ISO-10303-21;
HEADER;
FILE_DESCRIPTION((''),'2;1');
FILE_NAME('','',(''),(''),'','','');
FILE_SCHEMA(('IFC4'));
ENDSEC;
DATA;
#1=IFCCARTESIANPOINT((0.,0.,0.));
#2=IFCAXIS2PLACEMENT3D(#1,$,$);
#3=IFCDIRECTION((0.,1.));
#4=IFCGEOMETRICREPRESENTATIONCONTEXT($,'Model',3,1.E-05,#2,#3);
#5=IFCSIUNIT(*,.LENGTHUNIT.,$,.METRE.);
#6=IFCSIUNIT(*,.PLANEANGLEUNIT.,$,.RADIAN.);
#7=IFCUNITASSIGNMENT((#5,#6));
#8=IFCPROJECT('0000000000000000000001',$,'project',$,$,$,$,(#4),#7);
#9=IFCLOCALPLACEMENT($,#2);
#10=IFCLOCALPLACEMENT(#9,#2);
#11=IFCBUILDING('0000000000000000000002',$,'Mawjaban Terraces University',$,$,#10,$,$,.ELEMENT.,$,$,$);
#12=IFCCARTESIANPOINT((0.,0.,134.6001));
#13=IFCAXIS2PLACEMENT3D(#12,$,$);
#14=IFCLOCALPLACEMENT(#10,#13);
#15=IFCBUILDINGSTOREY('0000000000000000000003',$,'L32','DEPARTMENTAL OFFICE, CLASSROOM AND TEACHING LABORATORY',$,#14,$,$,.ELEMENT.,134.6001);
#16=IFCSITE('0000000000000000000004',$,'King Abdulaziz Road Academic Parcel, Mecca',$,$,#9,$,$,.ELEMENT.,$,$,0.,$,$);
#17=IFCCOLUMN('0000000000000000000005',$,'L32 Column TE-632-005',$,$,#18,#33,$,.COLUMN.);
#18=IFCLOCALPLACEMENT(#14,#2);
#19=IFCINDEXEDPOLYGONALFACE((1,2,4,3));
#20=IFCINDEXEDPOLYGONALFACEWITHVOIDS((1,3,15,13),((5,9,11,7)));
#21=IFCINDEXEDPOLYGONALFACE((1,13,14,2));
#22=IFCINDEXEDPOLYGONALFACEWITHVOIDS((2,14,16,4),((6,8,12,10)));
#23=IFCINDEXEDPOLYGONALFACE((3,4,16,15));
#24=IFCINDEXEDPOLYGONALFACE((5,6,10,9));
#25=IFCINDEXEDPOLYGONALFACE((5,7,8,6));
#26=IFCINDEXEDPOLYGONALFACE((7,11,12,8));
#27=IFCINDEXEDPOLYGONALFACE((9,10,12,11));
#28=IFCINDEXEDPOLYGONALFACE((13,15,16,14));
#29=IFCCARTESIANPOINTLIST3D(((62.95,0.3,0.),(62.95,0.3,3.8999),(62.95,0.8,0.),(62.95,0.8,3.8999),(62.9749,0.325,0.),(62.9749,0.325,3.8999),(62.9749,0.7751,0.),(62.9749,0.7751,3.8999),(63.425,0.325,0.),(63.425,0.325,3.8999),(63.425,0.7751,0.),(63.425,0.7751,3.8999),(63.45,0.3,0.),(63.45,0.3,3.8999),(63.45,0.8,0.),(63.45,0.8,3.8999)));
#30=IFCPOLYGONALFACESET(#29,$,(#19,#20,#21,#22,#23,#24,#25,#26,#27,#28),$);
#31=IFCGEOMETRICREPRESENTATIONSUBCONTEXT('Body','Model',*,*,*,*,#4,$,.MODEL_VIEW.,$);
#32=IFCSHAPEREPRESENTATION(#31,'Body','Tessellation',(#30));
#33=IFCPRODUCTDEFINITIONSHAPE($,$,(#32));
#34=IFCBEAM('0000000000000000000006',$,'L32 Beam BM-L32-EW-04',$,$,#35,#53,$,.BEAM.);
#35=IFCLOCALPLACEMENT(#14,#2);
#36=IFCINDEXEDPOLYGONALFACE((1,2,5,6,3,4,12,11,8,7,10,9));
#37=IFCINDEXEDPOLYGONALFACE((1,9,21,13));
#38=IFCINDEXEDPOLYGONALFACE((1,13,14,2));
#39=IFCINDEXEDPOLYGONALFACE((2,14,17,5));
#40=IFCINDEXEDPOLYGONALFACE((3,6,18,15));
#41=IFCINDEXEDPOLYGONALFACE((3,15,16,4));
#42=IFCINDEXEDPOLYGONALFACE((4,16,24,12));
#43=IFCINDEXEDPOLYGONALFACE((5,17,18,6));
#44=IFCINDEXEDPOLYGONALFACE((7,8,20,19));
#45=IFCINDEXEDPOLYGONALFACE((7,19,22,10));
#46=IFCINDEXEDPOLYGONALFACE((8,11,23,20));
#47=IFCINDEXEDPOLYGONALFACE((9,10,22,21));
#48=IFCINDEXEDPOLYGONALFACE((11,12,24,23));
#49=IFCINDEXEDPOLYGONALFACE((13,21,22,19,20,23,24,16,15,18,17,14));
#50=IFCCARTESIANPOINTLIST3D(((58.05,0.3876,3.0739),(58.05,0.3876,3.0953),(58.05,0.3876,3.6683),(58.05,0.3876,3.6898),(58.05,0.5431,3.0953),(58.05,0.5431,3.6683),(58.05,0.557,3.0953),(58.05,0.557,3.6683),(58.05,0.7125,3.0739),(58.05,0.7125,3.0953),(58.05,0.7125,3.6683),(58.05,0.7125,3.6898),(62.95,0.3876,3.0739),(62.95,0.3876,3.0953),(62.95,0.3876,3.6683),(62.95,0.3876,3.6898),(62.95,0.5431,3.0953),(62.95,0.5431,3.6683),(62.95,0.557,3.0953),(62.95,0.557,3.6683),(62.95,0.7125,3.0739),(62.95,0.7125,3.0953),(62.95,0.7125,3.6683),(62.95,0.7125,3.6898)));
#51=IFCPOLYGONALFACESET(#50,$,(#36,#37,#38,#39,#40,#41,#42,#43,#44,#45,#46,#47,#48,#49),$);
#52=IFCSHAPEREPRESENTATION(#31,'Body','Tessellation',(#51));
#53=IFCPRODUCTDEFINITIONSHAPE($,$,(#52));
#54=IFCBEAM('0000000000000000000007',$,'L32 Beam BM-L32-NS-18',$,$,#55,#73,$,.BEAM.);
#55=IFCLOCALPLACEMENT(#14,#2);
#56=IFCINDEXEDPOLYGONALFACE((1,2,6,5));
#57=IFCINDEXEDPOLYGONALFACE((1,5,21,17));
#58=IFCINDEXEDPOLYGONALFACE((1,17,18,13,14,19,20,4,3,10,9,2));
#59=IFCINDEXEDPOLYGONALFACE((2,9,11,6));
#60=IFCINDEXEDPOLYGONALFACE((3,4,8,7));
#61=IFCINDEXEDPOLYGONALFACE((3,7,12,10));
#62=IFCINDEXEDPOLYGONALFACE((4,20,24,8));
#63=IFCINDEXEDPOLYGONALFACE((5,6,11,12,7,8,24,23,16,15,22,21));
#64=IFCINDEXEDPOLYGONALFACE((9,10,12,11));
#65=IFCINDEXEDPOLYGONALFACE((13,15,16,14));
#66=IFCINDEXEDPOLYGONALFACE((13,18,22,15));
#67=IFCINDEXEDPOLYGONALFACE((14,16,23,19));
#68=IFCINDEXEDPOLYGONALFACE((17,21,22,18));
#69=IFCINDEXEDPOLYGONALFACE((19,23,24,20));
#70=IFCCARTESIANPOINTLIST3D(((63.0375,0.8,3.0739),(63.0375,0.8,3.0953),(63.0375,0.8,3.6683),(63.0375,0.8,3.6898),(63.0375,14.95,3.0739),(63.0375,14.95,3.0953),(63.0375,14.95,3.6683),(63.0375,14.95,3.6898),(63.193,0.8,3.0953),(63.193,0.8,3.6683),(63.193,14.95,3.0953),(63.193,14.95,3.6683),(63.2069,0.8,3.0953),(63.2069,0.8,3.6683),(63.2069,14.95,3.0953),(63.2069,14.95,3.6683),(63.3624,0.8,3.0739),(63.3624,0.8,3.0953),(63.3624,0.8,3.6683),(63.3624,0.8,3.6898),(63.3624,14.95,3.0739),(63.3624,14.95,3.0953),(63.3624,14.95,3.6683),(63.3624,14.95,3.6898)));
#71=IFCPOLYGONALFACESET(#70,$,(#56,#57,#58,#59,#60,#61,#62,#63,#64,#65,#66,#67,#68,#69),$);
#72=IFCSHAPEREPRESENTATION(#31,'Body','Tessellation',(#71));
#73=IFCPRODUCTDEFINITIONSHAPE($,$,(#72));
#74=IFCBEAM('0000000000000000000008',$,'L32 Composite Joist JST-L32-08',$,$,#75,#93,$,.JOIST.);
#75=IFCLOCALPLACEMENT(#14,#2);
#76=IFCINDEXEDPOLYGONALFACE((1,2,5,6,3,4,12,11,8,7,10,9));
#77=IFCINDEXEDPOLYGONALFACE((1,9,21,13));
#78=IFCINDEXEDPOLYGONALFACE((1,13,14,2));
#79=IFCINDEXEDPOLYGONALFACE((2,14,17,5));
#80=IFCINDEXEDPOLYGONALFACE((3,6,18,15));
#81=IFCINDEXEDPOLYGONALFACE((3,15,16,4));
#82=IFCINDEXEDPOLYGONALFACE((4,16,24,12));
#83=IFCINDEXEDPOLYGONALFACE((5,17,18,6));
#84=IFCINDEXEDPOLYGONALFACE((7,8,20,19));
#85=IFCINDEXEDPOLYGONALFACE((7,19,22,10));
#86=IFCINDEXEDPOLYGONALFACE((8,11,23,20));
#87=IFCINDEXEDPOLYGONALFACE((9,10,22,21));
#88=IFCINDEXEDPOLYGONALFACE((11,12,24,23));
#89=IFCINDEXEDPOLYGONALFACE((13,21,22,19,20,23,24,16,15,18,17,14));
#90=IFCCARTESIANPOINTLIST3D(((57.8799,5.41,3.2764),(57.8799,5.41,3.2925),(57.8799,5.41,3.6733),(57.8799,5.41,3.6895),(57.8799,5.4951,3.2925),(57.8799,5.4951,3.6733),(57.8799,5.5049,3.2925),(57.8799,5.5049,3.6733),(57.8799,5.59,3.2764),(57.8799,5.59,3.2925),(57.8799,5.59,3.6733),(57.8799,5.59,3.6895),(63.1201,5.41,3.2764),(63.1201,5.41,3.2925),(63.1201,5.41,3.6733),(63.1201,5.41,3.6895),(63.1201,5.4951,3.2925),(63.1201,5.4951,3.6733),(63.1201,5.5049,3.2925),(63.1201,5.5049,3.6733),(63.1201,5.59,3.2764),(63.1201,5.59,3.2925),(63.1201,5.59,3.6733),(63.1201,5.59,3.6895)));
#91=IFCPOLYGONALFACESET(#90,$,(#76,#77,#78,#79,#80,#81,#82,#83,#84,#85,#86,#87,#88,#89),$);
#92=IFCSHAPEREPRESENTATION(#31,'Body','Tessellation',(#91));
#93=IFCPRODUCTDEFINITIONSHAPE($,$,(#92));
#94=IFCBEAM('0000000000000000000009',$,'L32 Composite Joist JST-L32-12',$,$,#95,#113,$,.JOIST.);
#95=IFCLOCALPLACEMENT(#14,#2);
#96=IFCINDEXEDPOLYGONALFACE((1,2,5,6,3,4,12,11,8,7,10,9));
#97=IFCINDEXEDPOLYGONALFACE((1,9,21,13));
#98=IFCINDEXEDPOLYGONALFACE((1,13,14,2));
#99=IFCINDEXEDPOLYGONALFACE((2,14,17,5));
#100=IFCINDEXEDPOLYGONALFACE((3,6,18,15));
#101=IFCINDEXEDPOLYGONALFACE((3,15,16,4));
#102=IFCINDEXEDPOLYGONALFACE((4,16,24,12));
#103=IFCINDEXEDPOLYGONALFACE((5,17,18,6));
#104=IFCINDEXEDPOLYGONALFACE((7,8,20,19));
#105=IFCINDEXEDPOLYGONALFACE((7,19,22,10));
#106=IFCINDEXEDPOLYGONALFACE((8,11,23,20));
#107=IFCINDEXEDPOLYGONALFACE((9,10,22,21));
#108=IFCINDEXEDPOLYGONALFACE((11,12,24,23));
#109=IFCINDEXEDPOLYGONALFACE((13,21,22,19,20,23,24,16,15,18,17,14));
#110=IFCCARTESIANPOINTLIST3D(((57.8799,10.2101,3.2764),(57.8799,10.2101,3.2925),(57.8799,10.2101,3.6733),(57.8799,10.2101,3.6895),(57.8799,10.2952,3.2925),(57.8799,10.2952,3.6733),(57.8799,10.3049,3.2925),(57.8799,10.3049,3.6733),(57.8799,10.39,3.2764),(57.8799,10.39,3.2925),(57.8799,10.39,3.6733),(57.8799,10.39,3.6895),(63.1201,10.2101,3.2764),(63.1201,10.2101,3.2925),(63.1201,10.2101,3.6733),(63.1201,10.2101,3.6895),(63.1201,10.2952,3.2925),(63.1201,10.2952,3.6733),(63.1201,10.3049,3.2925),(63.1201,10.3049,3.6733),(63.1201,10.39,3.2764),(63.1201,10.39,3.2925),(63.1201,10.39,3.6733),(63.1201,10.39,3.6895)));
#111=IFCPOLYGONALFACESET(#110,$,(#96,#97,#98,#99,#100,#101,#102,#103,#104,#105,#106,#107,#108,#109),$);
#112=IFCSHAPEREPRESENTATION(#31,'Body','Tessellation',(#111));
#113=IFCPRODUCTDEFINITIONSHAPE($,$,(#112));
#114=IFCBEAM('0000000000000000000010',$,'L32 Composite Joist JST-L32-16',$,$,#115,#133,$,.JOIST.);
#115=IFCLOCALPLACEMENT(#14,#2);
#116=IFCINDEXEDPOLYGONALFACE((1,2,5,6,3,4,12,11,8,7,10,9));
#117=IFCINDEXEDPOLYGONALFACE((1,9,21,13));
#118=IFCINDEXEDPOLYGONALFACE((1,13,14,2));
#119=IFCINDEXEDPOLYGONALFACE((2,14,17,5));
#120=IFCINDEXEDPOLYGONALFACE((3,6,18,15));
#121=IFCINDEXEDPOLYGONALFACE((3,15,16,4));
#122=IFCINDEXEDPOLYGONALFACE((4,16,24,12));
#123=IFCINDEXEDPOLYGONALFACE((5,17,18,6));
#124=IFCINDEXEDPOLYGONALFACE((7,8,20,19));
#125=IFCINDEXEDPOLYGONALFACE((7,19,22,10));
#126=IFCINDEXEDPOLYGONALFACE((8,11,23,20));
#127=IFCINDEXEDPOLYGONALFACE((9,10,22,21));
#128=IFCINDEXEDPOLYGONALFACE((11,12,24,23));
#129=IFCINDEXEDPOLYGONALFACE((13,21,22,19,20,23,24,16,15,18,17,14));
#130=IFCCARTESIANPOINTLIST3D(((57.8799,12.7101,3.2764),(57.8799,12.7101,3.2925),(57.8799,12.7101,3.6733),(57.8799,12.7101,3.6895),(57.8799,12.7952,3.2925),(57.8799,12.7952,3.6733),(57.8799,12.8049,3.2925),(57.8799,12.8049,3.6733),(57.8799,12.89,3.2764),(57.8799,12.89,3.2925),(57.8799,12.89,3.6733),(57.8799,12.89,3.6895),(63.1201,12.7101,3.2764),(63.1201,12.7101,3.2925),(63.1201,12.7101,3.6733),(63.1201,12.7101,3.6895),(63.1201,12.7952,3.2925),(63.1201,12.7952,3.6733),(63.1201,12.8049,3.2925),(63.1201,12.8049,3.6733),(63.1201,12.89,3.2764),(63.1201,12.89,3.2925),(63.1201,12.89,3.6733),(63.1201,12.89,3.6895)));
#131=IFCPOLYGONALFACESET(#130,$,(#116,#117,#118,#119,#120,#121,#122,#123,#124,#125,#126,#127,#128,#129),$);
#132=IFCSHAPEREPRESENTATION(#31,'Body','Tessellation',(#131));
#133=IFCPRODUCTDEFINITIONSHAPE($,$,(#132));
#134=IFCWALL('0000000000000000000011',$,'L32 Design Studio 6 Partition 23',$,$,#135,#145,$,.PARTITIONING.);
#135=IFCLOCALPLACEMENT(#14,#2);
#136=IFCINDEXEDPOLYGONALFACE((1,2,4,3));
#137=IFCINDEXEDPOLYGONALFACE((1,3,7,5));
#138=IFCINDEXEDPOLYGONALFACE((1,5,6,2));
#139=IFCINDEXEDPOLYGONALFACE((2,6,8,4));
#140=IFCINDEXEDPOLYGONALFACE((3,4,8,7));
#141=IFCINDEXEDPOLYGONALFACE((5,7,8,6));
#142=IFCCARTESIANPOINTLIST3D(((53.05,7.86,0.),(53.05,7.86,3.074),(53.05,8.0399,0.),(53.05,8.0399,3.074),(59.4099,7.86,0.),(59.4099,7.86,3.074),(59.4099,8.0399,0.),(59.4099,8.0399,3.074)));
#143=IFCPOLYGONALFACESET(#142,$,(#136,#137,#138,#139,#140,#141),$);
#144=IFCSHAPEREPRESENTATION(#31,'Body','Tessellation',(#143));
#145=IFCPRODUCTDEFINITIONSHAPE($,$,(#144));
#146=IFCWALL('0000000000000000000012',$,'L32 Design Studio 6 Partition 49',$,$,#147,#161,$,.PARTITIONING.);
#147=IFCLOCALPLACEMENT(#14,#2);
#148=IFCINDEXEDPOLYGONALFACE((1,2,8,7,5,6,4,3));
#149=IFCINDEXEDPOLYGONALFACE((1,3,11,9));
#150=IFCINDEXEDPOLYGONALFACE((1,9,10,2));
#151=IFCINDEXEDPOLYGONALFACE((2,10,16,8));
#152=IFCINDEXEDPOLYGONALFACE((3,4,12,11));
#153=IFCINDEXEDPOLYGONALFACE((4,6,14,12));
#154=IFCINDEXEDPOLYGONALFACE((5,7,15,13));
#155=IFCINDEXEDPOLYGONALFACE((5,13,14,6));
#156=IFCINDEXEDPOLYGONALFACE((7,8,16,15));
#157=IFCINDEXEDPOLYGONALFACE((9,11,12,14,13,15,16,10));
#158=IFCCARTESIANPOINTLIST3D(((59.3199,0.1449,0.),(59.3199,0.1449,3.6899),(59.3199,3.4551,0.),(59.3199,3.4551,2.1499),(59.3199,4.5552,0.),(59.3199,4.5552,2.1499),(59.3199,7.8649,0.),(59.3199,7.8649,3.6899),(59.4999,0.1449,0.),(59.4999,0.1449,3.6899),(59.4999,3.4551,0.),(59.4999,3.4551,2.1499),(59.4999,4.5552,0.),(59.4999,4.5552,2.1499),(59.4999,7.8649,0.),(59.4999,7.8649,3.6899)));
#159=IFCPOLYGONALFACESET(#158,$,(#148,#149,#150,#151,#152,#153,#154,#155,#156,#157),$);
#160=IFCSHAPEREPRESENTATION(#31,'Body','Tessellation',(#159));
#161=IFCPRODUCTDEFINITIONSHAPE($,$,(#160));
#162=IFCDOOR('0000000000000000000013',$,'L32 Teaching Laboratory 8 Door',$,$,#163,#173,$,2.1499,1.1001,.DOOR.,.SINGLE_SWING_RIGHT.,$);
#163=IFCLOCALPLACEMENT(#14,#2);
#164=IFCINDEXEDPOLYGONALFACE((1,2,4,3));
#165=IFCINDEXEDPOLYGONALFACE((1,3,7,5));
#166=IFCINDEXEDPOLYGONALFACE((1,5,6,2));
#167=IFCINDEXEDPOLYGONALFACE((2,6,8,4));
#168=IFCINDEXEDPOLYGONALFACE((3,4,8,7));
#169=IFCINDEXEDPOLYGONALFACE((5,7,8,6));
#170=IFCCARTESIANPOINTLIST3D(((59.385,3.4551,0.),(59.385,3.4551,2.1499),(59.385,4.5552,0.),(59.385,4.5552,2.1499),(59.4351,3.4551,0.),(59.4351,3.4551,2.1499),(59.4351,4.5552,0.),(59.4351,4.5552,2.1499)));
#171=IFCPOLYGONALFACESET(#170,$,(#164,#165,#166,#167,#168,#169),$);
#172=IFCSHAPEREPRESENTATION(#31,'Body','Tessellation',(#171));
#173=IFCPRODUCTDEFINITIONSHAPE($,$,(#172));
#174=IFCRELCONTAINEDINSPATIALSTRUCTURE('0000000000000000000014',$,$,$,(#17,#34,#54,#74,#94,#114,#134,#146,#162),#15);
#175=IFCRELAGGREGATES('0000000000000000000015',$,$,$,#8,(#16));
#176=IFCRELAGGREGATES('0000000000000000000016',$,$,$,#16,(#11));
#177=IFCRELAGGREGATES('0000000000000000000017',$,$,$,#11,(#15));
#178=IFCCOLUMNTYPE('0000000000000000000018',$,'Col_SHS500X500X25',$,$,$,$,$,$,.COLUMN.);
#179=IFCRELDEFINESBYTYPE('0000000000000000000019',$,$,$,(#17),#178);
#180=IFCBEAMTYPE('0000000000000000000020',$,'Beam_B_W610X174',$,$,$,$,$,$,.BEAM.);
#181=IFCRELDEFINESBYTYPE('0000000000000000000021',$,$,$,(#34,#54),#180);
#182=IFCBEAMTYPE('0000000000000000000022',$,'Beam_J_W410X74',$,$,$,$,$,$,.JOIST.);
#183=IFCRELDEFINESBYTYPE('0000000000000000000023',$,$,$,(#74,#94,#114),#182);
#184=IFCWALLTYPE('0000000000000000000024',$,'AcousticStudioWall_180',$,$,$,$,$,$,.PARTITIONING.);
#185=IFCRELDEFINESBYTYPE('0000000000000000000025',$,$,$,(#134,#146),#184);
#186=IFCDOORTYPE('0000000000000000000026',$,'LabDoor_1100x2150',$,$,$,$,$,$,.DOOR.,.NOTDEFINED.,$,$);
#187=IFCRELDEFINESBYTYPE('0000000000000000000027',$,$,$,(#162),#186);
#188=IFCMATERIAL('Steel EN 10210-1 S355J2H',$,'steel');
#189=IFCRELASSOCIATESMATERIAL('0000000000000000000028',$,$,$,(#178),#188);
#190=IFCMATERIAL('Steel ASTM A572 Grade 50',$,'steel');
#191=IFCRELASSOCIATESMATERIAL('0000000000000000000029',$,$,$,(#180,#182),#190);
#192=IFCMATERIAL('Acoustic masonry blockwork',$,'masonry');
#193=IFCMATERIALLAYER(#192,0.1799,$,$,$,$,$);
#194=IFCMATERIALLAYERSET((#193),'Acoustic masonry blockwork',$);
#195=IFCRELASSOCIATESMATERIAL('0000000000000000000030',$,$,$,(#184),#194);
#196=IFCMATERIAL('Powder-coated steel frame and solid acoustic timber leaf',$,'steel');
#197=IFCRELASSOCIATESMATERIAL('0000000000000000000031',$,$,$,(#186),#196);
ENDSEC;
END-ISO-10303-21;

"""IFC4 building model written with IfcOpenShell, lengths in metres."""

from ifc_helpers import new_model, si_unit, direction, frame, frame_2d, origin, origin_2d, place, context, subcontext, project, spatial, rectangle, hollow_rectangle, i_section, extrude, material, layer, layer_set, material_profile, profile_set, type_object, element, fill, save


model = new_model("IFC4")

# Units and contexts
model_context = context("Model", 3, precision=1e-05, world=origin(), true_north=direction((0.0, 1.0)))
body_context = subcontext(model_context, "Body", "Model", "MODEL_VIEW")
ifc_project = project(units=[si_unit("LENGTHUNIT", "METRE"), si_unit("PLANEANGLEUNIT", "RADIAN")], contexts=[model_context])

# Site, building, storey
site_placement = place(None, origin())
site = spatial("IfcSite", under=ifc_project, at=site_placement, Name="King Abdulaziz Road Academic Parcel, Mecca", CompositionType="ELEMENT", RefElevation=0.0)
building_placement = place(site_placement, origin())
building = spatial("IfcBuilding", under=site, at=building_placement, Name="Mawjaban Terraces University", CompositionType="ELEMENT")
storey_placement = place(building_placement, frame((0.0, 0.0, 134.6001)))
storey = spatial("IfcBuildingStorey", under=building, at=storey_placement, Name="L32", Description="DEPARTMENTAL OFFICE, CLASSROOM AND TEACHING LABORATORY", CompositionType="ELEMENT", Elevation=134.6001)

# Column
ifc_material_1 = material(Name="Steel EN 10210-1 S355J2H", Category="steel")
ifc_material_profile_1 = material_profile(ifc_material_1, hollow_rectangle(XDim=0.5, YDim=0.5, WallThickness=0.0249, at=origin_2d()), Name="SHS500X500X25")
ifc_profile_set_1 = profile_set([ifc_material_profile_1], Name="Steel EN 10210-1 S355J2H")
column_type = type_object("IfcColumnType", Name="Col_SHS500X500X25", PredefinedType="COLUMN", material=ifc_profile_set_1)
column_placement = place(storey_placement, frame((63.2, 0.55, 0.0), z_axis=(0.0, 0.0, 1.0), x_axis=(1.0, 0.0, 0.0)))
element("IfcColumn", 1, at=column_placement, inside=storey, type_object=column_type, Name="L32 Column TE-632-005", PredefinedType="COLUMN", context=body_context, shape_type="SweptSolid", body=[
    extrude(hollow_rectangle(XDim=0.5, YDim=0.5, WallThickness=0.0249, at=origin_2d()), origin(), (0.0, 0.0, 1.0), 3.8999),
])

# Beams
ifc_material_2 = material(Name="Steel ASTM A572 Grade 50", Category="steel")
ifc_material_profile_2 = material_profile(ifc_material_2, i_section(OverallWidth=0.325, OverallDepth=0.616, WebThickness=0.0139, FlangeThickness=0.0215, at=origin_2d()), Name="W610X174")
ifc_profile_set_2 = profile_set([ifc_material_profile_2], Name="Steel ASTM A572 Grade 50")
beam_type_1 = type_object("IfcBeamType", Name="Beam_B_W610X174", PredefinedType="BEAM", material=ifc_profile_set_2)
beam_1_placement = place(storey_placement, frame((58.05, 0.55, 3.3818), z_axis=(1.0, 0.0, 0.0), x_axis=(0.0, 1.0, 0.0)))
element("IfcBeam", 2, at=beam_1_placement, inside=storey, type_object=beam_type_1, Name="L32 Beam BM-L32-EW-04", PredefinedType="BEAM", context=body_context, shape_type="SweptSolid", body=[
    extrude(i_section(OverallWidth=0.325, OverallDepth=0.616, WebThickness=0.0139, FlangeThickness=0.0215, at=origin_2d()), origin(), (0.0, 0.0, 1.0), 4.8999),
])
beam_2_placement = place(storey_placement, frame((63.2, 0.8, 3.3818), z_axis=(0.0, 1.0, 0.0), x_axis=(-1.0, 0.0, 0.0)))
element("IfcBeam", 3, at=beam_2_placement, inside=storey, type_object=beam_type_1, Name="L32 Beam BM-L32-NS-18", PredefinedType="BEAM", context=body_context, shape_type="SweptSolid", body=[
    extrude(i_section(OverallWidth=0.325, OverallDepth=0.616, WebThickness=0.0139, FlangeThickness=0.0215, at=origin_2d()), origin(), (0.0, 0.0, 1.0), 14.1499),
])
ifc_material_profile_3 = material_profile(ifc_material_2, i_section(OverallWidth=0.1799, OverallDepth=0.4131, WebThickness=0.0098, FlangeThickness=0.0161, at=origin_2d()), Name="W410X74")
ifc_profile_set_3 = profile_set([ifc_material_profile_3], Name="Steel ASTM A572 Grade 50")
beam_type_2 = type_object("IfcBeamType", Name="Beam_J_W410X74", PredefinedType="JOIST", material=ifc_profile_set_3)
for number, where, z_axis, x_axis, name in (
    (4, (57.8799, 5.5, 3.4829), (1.0, 0.0, 0.0), (0.0, 1.0, 0.0), "L32 Composite Joist JST-L32-08"),
    (5, (57.8799, 10.3, 3.4829), (1.0, 0.0, 0.0), (0.0, 1.0, 0.0), "L32 Composite Joist JST-L32-12"),
    (6, (57.8799, 12.8, 3.4829), (1.0, 0.0, 0.0), (0.0, 1.0, 0.0), "L32 Composite Joist JST-L32-16"),
):
    element("IfcBeam", number, at=place(storey_placement, frame(where, z_axis=z_axis, x_axis=x_axis)), inside=storey, type_object=beam_type_2, Name=name, PredefinedType="JOIST", context=body_context, shape_type="SweptSolid", body=[
        extrude(i_section(OverallWidth=0.1799, OverallDepth=0.4131, WebThickness=0.0098, FlangeThickness=0.0161, at=origin_2d()), origin(), (0.0, 0.0, 1.0), 5.2402),
    ])

# Wall
ifc_material_3 = material(Name="Acoustic masonry blockwork", Category="masonry")
ifc_layer_1 = layer(ifc_material_3, 0.1799)
ifc_layer_set_1 = layer_set([ifc_layer_1], Name="Acoustic masonry blockwork")
wall_type_1 = type_object("IfcWallType", Name="AcousticStudioWall_180", PredefinedType="PARTITIONING", material=ifc_layer_set_1)
wall_1_placement = place(storey_placement, frame((59.4099, 7.95, 0.0), z_axis=(0.0, 0.0, 1.0), x_axis=(-1.0, 0.0, 0.0)))
element("IfcWall", 7, at=wall_1_placement, inside=storey, type_object=wall_type_1, Name="L32 Design Studio 6 Partition 23", PredefinedType="PARTITIONING", context=body_context, shape_type="SweptSolid", body=[
    extrude(rectangle(XDim=6.3599, YDim=0.1799, at=frame_2d((3.1799, 0.0))), origin(), (0.0, 0.0, 1.0), 3.074),
])

# Wall, opening, door
wall_2_placement = place(storey_placement, frame((59.4099, 0.145, 0.0), z_axis=(0.0, 0.0, 1.0), x_axis=(0.0, 1.0, 0.0)))
wall_2 = element("IfcWall", 8, at=wall_2_placement, inside=storey, type_object=wall_type_1, Name="L32 Design Studio 6 Partition 49", PredefinedType="PARTITIONING", context=body_context, shape_type="SweptSolid", body=[
    extrude(rectangle(XDim=7.72, YDim=0.1799, at=frame_2d((3.8599, 0.0))), origin(), (0.0, 0.0, 1.0), 3.6899),
])
opening_1_placement = place(wall_2_placement, frame((3.3101, 0.0, 0.0)))
opening_1 = element("IfcOpeningElement", 9, at=opening_1_placement, cuts=wall_2, PredefinedType="OPENING", context=body_context, shape_type="SweptSolid", body=[
    extrude(rectangle(XDim=1.1001, YDim=2.1499, at=frame_2d((0.55, 1.075))), frame((0.0, 0.0999, 0.0), z_axis=(0.0, -1.0, 0.0), x_axis=(1.0, 0.0, 0.0)), (0.0, 0.0, 1.0), 0.2),
])
ifc_material_4 = material(Name="Powder-coated steel frame and solid acoustic timber leaf", Category="steel")
door_type_1 = type_object("IfcDoorType", Name="LabDoor_1100x2150", OperationType="NOTDEFINED", PredefinedType="DOOR", material=ifc_material_4)
door_1_placement = place(opening_1_placement, origin())
door_1 = element("IfcDoor", 10, at=door_1_placement, inside=storey, type_object=door_type_1, Name="L32 Teaching Laboratory 8 Door", OperationType="SINGLE_SWING_RIGHT", OverallHeight=2.1499, OverallWidth=1.1001, PredefinedType="DOOR", context=body_context, shape_type="SweptSolid", body=[
    extrude(rectangle(XDim=1.1001, YDim=2.1499, at=frame_2d((0.55, 1.075))), frame((0.0, 0.0249, 0.0), z_axis=(0.0, -1.0, 0.0), x_axis=(1.0, 0.0, 0.0)), (0.0, 0.0, 1.0), 0.05),
])
fill(opening_1, door_1)

save(model, "model.ifc")
